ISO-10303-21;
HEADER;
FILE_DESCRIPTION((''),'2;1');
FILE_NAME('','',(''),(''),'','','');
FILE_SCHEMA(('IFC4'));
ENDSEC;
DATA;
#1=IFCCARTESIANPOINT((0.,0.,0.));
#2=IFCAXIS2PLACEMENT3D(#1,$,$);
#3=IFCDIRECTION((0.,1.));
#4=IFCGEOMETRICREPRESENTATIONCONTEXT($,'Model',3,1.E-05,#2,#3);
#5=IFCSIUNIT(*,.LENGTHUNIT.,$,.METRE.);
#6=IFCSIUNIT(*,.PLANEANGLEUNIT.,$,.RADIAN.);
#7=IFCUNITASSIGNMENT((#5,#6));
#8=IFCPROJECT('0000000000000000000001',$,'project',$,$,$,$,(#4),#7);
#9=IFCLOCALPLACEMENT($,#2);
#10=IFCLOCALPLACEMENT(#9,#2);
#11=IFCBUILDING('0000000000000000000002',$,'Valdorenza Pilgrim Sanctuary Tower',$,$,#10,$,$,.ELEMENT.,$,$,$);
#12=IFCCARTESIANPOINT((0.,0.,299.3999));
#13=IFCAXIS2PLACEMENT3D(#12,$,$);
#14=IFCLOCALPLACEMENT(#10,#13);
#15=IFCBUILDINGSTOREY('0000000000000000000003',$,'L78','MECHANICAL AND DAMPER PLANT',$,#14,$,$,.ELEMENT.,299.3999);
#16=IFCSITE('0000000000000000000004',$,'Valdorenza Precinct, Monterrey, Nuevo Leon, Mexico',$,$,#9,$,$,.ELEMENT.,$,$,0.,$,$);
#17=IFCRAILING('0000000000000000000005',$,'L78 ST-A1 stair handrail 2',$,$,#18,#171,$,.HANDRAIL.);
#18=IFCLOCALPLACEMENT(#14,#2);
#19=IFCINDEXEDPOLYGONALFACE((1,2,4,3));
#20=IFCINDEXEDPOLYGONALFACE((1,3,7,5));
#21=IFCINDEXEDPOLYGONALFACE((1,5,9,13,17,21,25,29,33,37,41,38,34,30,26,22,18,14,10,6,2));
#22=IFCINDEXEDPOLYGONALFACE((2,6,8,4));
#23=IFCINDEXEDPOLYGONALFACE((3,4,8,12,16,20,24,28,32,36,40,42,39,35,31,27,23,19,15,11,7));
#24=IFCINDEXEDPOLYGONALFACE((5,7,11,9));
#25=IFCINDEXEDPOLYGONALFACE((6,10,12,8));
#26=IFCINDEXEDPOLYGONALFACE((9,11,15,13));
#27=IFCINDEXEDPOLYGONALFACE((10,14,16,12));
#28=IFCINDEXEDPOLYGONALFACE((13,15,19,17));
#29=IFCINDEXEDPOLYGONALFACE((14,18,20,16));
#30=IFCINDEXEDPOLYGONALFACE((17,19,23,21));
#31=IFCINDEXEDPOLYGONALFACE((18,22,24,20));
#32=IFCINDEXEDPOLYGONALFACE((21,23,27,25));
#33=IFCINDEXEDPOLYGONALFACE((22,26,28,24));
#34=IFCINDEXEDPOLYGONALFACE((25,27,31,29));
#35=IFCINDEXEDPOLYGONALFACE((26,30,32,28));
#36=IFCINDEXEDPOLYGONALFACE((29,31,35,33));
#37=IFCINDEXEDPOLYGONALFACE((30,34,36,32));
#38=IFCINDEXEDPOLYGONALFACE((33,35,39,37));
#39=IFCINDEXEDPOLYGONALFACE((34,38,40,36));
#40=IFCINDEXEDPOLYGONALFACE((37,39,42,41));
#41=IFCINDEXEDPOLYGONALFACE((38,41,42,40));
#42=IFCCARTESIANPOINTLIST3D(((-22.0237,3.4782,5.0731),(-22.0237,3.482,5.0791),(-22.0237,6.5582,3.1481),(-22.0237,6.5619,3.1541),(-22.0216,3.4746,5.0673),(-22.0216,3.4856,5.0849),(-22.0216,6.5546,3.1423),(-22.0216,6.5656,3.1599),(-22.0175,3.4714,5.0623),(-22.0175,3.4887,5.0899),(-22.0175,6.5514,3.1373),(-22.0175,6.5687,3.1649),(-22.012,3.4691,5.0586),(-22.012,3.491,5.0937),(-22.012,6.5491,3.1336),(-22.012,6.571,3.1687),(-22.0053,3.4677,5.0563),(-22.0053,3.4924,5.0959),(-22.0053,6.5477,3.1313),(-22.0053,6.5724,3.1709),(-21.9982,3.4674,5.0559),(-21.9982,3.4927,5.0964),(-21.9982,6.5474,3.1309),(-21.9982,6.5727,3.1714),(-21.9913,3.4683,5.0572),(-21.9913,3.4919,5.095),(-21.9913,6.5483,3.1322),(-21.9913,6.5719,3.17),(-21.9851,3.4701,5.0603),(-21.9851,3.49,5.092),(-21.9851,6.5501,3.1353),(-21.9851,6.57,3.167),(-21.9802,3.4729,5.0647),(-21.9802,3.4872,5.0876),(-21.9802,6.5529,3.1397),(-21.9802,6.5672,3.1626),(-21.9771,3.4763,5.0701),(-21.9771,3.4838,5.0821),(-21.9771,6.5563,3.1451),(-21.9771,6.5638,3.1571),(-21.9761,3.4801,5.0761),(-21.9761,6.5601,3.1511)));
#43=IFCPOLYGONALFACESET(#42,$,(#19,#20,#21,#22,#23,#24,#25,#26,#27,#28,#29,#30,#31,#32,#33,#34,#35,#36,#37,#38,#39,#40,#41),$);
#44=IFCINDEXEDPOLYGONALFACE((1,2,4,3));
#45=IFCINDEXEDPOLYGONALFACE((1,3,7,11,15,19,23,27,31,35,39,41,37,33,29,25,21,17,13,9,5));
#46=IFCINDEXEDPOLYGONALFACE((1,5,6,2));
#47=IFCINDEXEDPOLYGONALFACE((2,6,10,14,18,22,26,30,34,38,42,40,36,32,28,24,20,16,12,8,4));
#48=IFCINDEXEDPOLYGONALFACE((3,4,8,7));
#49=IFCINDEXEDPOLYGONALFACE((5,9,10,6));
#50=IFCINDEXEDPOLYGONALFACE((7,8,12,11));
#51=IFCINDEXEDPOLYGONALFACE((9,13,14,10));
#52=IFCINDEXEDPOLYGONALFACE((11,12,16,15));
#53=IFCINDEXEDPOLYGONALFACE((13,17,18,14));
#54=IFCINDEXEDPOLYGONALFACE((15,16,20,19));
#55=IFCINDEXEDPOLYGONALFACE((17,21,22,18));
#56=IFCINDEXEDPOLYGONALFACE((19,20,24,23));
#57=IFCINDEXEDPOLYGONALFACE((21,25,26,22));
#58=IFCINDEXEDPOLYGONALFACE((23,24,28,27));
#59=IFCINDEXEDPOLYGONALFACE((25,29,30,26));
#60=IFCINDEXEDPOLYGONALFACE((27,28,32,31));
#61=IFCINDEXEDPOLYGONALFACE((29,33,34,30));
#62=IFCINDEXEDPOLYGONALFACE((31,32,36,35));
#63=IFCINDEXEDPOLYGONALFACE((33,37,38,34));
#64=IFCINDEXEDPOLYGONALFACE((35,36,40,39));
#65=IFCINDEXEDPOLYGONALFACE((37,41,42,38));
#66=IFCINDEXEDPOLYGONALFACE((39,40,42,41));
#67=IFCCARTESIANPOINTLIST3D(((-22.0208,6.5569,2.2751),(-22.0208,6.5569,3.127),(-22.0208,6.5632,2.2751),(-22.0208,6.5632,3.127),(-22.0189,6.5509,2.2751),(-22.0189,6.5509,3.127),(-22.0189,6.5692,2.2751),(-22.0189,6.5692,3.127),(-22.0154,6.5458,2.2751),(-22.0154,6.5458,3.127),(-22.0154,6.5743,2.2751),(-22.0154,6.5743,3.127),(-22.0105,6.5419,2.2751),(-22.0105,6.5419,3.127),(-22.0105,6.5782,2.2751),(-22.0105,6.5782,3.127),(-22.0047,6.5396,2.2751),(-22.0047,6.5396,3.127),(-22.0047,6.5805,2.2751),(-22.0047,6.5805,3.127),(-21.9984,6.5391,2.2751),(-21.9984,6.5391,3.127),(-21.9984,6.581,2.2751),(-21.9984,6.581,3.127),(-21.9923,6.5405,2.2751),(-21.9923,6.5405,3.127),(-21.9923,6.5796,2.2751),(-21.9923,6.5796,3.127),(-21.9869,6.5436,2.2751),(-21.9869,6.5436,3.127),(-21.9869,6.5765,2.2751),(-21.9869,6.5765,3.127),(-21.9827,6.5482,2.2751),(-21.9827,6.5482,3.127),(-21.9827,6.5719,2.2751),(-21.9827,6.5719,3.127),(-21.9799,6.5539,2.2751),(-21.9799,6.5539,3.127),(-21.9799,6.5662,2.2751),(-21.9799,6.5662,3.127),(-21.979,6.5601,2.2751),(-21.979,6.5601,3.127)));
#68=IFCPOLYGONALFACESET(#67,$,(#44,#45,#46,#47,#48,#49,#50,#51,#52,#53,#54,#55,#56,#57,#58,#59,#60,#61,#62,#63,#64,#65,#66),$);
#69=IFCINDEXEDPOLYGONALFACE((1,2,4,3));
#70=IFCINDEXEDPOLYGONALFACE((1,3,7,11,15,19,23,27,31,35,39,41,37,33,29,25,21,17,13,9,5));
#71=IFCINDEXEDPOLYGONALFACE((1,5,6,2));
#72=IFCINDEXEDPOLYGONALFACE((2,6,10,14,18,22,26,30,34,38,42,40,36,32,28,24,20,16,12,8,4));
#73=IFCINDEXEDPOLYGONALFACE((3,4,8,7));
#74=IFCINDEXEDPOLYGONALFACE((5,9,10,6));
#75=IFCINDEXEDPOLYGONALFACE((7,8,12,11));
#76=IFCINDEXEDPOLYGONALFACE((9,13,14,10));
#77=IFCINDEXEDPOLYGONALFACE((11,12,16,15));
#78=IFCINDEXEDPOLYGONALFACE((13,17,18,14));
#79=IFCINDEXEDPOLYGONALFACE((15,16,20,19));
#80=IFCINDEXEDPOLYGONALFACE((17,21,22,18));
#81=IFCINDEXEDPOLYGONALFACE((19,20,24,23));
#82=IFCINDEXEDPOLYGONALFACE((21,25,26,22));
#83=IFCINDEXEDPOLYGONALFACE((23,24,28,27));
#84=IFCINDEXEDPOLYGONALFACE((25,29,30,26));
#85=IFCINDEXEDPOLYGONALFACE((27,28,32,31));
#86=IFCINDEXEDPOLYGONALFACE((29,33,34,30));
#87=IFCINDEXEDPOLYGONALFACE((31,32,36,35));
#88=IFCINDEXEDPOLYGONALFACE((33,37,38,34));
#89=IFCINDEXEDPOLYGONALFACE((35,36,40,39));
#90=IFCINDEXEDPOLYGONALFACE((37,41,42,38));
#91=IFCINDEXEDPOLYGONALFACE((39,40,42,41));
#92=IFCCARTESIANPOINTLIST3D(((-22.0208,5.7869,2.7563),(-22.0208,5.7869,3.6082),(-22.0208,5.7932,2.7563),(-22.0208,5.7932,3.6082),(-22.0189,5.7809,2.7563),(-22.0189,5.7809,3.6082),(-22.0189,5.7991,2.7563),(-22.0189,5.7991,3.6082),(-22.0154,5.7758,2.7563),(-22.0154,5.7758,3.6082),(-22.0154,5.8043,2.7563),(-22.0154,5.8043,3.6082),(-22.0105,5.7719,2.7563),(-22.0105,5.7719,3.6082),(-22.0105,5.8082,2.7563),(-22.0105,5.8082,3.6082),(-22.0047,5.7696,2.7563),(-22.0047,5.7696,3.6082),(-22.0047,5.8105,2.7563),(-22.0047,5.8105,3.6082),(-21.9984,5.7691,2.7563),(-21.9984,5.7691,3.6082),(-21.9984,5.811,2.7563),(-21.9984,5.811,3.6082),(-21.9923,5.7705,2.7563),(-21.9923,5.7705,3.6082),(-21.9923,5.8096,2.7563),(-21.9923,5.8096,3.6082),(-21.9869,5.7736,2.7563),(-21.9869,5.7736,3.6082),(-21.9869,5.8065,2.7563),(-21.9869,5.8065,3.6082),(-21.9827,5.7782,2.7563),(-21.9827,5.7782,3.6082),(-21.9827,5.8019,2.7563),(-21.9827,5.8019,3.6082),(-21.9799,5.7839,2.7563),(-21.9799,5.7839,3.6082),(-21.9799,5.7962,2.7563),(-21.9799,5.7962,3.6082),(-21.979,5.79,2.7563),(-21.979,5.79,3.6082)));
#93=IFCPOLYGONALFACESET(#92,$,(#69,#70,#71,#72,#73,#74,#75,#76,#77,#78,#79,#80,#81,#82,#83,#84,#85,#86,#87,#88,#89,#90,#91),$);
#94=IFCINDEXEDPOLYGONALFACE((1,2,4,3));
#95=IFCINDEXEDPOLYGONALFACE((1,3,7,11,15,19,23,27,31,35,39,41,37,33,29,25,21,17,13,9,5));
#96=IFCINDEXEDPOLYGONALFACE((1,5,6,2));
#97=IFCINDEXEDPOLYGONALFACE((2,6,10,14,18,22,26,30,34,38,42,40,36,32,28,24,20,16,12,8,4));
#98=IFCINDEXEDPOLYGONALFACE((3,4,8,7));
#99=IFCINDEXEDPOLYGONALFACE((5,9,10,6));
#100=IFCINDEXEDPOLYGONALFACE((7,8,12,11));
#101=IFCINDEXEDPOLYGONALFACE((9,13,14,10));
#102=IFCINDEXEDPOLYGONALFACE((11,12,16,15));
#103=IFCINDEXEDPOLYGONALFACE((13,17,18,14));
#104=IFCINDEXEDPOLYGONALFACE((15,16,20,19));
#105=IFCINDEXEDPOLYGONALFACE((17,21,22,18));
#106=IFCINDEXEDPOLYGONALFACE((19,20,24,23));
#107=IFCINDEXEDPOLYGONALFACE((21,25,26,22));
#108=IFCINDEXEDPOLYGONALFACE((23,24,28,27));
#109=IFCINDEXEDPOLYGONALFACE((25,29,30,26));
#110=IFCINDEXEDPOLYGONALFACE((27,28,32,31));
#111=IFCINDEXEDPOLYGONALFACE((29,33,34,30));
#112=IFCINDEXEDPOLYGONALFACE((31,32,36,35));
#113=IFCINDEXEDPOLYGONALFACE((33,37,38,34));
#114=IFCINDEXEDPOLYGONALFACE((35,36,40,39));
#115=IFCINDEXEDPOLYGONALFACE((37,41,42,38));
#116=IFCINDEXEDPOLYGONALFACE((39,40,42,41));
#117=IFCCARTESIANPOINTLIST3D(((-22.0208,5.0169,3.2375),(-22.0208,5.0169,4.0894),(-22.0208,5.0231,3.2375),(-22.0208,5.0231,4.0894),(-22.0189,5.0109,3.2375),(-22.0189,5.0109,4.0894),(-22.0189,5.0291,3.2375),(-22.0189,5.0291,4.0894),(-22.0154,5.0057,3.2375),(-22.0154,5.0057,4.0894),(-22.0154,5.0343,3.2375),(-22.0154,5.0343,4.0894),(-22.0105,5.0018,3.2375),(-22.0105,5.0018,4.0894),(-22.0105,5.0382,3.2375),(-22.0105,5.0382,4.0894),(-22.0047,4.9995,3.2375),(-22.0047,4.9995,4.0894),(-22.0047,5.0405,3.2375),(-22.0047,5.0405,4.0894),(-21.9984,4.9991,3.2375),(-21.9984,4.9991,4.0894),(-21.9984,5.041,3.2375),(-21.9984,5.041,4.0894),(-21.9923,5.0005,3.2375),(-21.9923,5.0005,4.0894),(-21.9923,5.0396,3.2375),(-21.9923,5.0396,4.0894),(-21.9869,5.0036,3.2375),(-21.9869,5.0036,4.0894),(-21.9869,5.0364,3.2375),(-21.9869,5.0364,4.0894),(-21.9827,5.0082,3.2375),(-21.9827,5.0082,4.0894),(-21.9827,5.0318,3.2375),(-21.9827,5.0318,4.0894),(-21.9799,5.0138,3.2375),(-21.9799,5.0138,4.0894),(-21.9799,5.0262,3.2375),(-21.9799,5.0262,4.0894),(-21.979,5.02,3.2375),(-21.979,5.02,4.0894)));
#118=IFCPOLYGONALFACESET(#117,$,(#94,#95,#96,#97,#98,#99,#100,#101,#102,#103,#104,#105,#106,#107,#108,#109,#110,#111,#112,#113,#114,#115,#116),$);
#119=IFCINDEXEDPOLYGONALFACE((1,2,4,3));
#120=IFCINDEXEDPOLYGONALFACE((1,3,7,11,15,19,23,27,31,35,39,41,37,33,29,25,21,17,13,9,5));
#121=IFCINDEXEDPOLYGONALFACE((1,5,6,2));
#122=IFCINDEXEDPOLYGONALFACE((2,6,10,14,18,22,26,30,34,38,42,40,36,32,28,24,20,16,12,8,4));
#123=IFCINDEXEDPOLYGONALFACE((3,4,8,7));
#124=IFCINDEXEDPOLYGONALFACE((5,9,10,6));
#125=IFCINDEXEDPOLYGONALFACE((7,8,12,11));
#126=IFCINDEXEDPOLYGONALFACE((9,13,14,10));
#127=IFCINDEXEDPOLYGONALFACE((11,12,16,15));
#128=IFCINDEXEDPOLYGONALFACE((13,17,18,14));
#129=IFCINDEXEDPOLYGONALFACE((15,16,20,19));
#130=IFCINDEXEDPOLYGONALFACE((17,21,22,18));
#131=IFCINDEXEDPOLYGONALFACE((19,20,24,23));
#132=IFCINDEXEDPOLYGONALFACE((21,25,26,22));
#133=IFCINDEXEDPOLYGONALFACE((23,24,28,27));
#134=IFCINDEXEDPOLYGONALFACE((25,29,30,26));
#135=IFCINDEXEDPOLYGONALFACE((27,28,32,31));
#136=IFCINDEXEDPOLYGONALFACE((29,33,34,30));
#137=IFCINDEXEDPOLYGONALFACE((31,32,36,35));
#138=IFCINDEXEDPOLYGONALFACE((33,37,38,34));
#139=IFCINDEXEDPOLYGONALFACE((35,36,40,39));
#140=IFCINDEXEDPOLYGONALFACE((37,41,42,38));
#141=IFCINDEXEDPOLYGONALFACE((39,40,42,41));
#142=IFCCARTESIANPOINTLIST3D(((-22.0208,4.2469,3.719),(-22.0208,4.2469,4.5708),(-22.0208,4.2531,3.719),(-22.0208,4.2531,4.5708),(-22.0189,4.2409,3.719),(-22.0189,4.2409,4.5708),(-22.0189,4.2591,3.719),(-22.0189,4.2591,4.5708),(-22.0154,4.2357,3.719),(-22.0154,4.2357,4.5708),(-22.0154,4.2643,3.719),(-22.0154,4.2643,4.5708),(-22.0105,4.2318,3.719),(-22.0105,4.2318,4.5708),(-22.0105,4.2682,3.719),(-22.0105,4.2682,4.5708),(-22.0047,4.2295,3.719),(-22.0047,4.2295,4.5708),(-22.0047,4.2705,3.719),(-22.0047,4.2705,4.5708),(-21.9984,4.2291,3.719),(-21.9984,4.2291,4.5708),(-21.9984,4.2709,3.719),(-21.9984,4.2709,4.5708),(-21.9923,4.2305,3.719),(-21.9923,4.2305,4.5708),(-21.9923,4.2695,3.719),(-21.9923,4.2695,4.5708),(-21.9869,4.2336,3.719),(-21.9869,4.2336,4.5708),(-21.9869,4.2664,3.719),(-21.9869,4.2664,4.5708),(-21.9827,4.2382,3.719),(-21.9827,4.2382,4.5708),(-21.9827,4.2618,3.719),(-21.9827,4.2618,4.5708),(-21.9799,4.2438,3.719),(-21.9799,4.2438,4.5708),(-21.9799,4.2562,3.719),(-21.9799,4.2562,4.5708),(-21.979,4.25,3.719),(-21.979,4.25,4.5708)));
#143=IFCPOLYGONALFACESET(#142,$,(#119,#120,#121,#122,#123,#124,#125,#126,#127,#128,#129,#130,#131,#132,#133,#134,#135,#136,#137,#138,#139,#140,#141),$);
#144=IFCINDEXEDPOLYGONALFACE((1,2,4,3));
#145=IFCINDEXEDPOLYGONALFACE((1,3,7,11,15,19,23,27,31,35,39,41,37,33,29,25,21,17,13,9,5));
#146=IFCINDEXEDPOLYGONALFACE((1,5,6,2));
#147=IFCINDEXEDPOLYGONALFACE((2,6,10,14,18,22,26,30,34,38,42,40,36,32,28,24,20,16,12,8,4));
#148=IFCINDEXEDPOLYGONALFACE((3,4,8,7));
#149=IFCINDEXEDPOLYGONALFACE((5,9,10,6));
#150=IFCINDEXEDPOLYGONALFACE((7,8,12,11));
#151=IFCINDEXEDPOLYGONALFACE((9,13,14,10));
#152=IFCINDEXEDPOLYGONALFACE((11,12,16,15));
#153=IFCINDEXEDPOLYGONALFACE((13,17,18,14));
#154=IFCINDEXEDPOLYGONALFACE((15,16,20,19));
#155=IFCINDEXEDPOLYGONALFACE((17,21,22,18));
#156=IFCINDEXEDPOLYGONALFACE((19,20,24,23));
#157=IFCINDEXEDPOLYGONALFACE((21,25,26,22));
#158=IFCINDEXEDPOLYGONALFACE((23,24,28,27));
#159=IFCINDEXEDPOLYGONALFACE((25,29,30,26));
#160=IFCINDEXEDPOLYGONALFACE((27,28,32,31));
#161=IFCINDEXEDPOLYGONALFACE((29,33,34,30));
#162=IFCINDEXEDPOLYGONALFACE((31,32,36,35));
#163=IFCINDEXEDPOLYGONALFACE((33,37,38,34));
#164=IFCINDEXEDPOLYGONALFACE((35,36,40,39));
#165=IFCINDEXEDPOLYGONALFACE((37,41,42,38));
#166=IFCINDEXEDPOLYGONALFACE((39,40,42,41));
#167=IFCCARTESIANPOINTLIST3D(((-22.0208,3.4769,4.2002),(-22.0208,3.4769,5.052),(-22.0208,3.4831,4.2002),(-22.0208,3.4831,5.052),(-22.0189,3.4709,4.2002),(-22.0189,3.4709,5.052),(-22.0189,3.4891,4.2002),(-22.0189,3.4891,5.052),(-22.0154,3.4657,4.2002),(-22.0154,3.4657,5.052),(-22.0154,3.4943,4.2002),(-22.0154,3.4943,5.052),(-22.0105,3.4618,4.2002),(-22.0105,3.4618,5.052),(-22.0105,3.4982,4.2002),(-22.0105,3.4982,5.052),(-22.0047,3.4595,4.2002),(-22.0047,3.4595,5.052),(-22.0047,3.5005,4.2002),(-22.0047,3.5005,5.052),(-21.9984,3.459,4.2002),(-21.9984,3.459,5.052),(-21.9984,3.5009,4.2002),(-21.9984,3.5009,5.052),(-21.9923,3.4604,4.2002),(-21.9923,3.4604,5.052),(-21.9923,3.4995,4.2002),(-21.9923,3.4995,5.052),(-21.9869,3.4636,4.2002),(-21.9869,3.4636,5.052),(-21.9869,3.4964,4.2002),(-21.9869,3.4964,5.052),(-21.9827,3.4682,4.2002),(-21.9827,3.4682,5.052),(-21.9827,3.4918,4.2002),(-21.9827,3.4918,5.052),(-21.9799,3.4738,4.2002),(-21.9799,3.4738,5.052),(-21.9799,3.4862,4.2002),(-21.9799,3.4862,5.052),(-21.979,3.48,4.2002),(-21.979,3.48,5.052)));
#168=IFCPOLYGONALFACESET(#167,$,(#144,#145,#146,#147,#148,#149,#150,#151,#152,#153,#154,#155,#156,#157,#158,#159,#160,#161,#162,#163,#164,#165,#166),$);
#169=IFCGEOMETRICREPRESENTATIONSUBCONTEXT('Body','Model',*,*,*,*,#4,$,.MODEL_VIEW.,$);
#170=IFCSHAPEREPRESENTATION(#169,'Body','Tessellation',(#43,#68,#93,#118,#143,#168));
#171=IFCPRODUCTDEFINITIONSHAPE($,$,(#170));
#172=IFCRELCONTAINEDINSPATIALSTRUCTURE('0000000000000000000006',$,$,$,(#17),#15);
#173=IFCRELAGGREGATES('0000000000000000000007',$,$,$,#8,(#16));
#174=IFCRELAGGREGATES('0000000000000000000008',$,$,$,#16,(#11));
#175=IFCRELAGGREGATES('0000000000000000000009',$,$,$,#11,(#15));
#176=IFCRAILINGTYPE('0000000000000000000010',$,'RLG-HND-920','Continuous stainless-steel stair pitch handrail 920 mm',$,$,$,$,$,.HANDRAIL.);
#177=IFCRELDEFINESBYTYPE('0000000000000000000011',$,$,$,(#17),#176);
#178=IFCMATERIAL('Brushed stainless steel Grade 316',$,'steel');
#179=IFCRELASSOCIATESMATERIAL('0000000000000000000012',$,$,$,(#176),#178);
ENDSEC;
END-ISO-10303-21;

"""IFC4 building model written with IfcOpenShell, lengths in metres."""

from ifc_helpers import new_model, si_unit, direction, frame, origin, origin_2d, place, context, subcontext, project, spatial, circle, extrude, material, type_object, element, save


model = new_model("IFC4")

# Units and contexts
model_context = context("Model", 3, precision=1e-05, world=origin(), true_north=direction((0.0, 1.0)))
body_context = subcontext(model_context, "Body", "Model", "MODEL_VIEW")
ifc_project = project(units=[si_unit("LENGTHUNIT", "METRE"), si_unit("PLANEANGLEUNIT", "RADIAN")], contexts=[model_context])

# Site, building, storey
site_placement = place(None, origin())
site = spatial("IfcSite", under=ifc_project, at=site_placement, Name="Valdorenza Precinct, Monterrey, Nuevo Leon, Mexico", CompositionType="ELEMENT", RefElevation=0.0)
building_placement = place(site_placement, origin())
building = spatial("IfcBuilding", under=site, at=building_placement, Name="Valdorenza Pilgrim Sanctuary Tower", CompositionType="ELEMENT")
storey_placement = place(building_placement, frame((0.0, 0.0, 299.3999)))
storey = spatial("IfcBuildingStorey", under=building, at=storey_placement, Name="L78", Description="MECHANICAL AND DAMPER PLANT", CompositionType="ELEMENT", Elevation=299.3999)

# Shared definitions
ifc_material_1 = material(Name="Brushed stainless steel Grade 316", Category="steel")

# Railing
railing_type_1 = type_object("IfcRailingType", Name="RLG-HND-920", Description="Continuous stainless-steel stair pitch handrail 920 mm", PredefinedType="HANDRAIL", material=ifc_material_1)
railing_1_placement = place(storey_placement, frame((-22.0, 6.5601, 2.2751)))
element("IfcRailing", 1, at=railing_1_placement, inside=storey, type_object=railing_type_1, Name="L78 ST-A1 stair handrail 2", PredefinedType="HANDRAIL", context=body_context, shape_type="SweptSolid", body=[
    extrude(circle(Radius=0.0239, at=origin_2d()), frame((0.0, 0.0, 0.876), z_axis=(0.0, -0.847998, 0.529999), x_axis=(1.0, 0.0, 0.0)), (0.0, 0.0, 1.0), 3.6321),
    extrude(circle(Radius=0.021, at=origin_2d()), origin(), (0.0, 0.0, 1.0), 0.8518),
    extrude(circle(Radius=0.021, at=origin_2d()), frame((0.0, -0.77, 0.4812)), (0.0, 0.0, 1.0), 0.8518),
    extrude(circle(Radius=0.021, at=origin_2d()), frame((0.0, -1.54, 0.9624)), (0.0, 0.0, 1.0), 0.8518),
    extrude(circle(Radius=0.021, at=origin_2d()), frame((0.0, -2.3101, 1.4438)), (0.0, 0.0, 1.0), 0.8518),
    extrude(circle(Radius=0.021, at=origin_2d()), frame((0.0, -3.0801, 1.925)), (0.0, 0.0, 1.0), 0.8518),
])

save(model, "model.ifc")
